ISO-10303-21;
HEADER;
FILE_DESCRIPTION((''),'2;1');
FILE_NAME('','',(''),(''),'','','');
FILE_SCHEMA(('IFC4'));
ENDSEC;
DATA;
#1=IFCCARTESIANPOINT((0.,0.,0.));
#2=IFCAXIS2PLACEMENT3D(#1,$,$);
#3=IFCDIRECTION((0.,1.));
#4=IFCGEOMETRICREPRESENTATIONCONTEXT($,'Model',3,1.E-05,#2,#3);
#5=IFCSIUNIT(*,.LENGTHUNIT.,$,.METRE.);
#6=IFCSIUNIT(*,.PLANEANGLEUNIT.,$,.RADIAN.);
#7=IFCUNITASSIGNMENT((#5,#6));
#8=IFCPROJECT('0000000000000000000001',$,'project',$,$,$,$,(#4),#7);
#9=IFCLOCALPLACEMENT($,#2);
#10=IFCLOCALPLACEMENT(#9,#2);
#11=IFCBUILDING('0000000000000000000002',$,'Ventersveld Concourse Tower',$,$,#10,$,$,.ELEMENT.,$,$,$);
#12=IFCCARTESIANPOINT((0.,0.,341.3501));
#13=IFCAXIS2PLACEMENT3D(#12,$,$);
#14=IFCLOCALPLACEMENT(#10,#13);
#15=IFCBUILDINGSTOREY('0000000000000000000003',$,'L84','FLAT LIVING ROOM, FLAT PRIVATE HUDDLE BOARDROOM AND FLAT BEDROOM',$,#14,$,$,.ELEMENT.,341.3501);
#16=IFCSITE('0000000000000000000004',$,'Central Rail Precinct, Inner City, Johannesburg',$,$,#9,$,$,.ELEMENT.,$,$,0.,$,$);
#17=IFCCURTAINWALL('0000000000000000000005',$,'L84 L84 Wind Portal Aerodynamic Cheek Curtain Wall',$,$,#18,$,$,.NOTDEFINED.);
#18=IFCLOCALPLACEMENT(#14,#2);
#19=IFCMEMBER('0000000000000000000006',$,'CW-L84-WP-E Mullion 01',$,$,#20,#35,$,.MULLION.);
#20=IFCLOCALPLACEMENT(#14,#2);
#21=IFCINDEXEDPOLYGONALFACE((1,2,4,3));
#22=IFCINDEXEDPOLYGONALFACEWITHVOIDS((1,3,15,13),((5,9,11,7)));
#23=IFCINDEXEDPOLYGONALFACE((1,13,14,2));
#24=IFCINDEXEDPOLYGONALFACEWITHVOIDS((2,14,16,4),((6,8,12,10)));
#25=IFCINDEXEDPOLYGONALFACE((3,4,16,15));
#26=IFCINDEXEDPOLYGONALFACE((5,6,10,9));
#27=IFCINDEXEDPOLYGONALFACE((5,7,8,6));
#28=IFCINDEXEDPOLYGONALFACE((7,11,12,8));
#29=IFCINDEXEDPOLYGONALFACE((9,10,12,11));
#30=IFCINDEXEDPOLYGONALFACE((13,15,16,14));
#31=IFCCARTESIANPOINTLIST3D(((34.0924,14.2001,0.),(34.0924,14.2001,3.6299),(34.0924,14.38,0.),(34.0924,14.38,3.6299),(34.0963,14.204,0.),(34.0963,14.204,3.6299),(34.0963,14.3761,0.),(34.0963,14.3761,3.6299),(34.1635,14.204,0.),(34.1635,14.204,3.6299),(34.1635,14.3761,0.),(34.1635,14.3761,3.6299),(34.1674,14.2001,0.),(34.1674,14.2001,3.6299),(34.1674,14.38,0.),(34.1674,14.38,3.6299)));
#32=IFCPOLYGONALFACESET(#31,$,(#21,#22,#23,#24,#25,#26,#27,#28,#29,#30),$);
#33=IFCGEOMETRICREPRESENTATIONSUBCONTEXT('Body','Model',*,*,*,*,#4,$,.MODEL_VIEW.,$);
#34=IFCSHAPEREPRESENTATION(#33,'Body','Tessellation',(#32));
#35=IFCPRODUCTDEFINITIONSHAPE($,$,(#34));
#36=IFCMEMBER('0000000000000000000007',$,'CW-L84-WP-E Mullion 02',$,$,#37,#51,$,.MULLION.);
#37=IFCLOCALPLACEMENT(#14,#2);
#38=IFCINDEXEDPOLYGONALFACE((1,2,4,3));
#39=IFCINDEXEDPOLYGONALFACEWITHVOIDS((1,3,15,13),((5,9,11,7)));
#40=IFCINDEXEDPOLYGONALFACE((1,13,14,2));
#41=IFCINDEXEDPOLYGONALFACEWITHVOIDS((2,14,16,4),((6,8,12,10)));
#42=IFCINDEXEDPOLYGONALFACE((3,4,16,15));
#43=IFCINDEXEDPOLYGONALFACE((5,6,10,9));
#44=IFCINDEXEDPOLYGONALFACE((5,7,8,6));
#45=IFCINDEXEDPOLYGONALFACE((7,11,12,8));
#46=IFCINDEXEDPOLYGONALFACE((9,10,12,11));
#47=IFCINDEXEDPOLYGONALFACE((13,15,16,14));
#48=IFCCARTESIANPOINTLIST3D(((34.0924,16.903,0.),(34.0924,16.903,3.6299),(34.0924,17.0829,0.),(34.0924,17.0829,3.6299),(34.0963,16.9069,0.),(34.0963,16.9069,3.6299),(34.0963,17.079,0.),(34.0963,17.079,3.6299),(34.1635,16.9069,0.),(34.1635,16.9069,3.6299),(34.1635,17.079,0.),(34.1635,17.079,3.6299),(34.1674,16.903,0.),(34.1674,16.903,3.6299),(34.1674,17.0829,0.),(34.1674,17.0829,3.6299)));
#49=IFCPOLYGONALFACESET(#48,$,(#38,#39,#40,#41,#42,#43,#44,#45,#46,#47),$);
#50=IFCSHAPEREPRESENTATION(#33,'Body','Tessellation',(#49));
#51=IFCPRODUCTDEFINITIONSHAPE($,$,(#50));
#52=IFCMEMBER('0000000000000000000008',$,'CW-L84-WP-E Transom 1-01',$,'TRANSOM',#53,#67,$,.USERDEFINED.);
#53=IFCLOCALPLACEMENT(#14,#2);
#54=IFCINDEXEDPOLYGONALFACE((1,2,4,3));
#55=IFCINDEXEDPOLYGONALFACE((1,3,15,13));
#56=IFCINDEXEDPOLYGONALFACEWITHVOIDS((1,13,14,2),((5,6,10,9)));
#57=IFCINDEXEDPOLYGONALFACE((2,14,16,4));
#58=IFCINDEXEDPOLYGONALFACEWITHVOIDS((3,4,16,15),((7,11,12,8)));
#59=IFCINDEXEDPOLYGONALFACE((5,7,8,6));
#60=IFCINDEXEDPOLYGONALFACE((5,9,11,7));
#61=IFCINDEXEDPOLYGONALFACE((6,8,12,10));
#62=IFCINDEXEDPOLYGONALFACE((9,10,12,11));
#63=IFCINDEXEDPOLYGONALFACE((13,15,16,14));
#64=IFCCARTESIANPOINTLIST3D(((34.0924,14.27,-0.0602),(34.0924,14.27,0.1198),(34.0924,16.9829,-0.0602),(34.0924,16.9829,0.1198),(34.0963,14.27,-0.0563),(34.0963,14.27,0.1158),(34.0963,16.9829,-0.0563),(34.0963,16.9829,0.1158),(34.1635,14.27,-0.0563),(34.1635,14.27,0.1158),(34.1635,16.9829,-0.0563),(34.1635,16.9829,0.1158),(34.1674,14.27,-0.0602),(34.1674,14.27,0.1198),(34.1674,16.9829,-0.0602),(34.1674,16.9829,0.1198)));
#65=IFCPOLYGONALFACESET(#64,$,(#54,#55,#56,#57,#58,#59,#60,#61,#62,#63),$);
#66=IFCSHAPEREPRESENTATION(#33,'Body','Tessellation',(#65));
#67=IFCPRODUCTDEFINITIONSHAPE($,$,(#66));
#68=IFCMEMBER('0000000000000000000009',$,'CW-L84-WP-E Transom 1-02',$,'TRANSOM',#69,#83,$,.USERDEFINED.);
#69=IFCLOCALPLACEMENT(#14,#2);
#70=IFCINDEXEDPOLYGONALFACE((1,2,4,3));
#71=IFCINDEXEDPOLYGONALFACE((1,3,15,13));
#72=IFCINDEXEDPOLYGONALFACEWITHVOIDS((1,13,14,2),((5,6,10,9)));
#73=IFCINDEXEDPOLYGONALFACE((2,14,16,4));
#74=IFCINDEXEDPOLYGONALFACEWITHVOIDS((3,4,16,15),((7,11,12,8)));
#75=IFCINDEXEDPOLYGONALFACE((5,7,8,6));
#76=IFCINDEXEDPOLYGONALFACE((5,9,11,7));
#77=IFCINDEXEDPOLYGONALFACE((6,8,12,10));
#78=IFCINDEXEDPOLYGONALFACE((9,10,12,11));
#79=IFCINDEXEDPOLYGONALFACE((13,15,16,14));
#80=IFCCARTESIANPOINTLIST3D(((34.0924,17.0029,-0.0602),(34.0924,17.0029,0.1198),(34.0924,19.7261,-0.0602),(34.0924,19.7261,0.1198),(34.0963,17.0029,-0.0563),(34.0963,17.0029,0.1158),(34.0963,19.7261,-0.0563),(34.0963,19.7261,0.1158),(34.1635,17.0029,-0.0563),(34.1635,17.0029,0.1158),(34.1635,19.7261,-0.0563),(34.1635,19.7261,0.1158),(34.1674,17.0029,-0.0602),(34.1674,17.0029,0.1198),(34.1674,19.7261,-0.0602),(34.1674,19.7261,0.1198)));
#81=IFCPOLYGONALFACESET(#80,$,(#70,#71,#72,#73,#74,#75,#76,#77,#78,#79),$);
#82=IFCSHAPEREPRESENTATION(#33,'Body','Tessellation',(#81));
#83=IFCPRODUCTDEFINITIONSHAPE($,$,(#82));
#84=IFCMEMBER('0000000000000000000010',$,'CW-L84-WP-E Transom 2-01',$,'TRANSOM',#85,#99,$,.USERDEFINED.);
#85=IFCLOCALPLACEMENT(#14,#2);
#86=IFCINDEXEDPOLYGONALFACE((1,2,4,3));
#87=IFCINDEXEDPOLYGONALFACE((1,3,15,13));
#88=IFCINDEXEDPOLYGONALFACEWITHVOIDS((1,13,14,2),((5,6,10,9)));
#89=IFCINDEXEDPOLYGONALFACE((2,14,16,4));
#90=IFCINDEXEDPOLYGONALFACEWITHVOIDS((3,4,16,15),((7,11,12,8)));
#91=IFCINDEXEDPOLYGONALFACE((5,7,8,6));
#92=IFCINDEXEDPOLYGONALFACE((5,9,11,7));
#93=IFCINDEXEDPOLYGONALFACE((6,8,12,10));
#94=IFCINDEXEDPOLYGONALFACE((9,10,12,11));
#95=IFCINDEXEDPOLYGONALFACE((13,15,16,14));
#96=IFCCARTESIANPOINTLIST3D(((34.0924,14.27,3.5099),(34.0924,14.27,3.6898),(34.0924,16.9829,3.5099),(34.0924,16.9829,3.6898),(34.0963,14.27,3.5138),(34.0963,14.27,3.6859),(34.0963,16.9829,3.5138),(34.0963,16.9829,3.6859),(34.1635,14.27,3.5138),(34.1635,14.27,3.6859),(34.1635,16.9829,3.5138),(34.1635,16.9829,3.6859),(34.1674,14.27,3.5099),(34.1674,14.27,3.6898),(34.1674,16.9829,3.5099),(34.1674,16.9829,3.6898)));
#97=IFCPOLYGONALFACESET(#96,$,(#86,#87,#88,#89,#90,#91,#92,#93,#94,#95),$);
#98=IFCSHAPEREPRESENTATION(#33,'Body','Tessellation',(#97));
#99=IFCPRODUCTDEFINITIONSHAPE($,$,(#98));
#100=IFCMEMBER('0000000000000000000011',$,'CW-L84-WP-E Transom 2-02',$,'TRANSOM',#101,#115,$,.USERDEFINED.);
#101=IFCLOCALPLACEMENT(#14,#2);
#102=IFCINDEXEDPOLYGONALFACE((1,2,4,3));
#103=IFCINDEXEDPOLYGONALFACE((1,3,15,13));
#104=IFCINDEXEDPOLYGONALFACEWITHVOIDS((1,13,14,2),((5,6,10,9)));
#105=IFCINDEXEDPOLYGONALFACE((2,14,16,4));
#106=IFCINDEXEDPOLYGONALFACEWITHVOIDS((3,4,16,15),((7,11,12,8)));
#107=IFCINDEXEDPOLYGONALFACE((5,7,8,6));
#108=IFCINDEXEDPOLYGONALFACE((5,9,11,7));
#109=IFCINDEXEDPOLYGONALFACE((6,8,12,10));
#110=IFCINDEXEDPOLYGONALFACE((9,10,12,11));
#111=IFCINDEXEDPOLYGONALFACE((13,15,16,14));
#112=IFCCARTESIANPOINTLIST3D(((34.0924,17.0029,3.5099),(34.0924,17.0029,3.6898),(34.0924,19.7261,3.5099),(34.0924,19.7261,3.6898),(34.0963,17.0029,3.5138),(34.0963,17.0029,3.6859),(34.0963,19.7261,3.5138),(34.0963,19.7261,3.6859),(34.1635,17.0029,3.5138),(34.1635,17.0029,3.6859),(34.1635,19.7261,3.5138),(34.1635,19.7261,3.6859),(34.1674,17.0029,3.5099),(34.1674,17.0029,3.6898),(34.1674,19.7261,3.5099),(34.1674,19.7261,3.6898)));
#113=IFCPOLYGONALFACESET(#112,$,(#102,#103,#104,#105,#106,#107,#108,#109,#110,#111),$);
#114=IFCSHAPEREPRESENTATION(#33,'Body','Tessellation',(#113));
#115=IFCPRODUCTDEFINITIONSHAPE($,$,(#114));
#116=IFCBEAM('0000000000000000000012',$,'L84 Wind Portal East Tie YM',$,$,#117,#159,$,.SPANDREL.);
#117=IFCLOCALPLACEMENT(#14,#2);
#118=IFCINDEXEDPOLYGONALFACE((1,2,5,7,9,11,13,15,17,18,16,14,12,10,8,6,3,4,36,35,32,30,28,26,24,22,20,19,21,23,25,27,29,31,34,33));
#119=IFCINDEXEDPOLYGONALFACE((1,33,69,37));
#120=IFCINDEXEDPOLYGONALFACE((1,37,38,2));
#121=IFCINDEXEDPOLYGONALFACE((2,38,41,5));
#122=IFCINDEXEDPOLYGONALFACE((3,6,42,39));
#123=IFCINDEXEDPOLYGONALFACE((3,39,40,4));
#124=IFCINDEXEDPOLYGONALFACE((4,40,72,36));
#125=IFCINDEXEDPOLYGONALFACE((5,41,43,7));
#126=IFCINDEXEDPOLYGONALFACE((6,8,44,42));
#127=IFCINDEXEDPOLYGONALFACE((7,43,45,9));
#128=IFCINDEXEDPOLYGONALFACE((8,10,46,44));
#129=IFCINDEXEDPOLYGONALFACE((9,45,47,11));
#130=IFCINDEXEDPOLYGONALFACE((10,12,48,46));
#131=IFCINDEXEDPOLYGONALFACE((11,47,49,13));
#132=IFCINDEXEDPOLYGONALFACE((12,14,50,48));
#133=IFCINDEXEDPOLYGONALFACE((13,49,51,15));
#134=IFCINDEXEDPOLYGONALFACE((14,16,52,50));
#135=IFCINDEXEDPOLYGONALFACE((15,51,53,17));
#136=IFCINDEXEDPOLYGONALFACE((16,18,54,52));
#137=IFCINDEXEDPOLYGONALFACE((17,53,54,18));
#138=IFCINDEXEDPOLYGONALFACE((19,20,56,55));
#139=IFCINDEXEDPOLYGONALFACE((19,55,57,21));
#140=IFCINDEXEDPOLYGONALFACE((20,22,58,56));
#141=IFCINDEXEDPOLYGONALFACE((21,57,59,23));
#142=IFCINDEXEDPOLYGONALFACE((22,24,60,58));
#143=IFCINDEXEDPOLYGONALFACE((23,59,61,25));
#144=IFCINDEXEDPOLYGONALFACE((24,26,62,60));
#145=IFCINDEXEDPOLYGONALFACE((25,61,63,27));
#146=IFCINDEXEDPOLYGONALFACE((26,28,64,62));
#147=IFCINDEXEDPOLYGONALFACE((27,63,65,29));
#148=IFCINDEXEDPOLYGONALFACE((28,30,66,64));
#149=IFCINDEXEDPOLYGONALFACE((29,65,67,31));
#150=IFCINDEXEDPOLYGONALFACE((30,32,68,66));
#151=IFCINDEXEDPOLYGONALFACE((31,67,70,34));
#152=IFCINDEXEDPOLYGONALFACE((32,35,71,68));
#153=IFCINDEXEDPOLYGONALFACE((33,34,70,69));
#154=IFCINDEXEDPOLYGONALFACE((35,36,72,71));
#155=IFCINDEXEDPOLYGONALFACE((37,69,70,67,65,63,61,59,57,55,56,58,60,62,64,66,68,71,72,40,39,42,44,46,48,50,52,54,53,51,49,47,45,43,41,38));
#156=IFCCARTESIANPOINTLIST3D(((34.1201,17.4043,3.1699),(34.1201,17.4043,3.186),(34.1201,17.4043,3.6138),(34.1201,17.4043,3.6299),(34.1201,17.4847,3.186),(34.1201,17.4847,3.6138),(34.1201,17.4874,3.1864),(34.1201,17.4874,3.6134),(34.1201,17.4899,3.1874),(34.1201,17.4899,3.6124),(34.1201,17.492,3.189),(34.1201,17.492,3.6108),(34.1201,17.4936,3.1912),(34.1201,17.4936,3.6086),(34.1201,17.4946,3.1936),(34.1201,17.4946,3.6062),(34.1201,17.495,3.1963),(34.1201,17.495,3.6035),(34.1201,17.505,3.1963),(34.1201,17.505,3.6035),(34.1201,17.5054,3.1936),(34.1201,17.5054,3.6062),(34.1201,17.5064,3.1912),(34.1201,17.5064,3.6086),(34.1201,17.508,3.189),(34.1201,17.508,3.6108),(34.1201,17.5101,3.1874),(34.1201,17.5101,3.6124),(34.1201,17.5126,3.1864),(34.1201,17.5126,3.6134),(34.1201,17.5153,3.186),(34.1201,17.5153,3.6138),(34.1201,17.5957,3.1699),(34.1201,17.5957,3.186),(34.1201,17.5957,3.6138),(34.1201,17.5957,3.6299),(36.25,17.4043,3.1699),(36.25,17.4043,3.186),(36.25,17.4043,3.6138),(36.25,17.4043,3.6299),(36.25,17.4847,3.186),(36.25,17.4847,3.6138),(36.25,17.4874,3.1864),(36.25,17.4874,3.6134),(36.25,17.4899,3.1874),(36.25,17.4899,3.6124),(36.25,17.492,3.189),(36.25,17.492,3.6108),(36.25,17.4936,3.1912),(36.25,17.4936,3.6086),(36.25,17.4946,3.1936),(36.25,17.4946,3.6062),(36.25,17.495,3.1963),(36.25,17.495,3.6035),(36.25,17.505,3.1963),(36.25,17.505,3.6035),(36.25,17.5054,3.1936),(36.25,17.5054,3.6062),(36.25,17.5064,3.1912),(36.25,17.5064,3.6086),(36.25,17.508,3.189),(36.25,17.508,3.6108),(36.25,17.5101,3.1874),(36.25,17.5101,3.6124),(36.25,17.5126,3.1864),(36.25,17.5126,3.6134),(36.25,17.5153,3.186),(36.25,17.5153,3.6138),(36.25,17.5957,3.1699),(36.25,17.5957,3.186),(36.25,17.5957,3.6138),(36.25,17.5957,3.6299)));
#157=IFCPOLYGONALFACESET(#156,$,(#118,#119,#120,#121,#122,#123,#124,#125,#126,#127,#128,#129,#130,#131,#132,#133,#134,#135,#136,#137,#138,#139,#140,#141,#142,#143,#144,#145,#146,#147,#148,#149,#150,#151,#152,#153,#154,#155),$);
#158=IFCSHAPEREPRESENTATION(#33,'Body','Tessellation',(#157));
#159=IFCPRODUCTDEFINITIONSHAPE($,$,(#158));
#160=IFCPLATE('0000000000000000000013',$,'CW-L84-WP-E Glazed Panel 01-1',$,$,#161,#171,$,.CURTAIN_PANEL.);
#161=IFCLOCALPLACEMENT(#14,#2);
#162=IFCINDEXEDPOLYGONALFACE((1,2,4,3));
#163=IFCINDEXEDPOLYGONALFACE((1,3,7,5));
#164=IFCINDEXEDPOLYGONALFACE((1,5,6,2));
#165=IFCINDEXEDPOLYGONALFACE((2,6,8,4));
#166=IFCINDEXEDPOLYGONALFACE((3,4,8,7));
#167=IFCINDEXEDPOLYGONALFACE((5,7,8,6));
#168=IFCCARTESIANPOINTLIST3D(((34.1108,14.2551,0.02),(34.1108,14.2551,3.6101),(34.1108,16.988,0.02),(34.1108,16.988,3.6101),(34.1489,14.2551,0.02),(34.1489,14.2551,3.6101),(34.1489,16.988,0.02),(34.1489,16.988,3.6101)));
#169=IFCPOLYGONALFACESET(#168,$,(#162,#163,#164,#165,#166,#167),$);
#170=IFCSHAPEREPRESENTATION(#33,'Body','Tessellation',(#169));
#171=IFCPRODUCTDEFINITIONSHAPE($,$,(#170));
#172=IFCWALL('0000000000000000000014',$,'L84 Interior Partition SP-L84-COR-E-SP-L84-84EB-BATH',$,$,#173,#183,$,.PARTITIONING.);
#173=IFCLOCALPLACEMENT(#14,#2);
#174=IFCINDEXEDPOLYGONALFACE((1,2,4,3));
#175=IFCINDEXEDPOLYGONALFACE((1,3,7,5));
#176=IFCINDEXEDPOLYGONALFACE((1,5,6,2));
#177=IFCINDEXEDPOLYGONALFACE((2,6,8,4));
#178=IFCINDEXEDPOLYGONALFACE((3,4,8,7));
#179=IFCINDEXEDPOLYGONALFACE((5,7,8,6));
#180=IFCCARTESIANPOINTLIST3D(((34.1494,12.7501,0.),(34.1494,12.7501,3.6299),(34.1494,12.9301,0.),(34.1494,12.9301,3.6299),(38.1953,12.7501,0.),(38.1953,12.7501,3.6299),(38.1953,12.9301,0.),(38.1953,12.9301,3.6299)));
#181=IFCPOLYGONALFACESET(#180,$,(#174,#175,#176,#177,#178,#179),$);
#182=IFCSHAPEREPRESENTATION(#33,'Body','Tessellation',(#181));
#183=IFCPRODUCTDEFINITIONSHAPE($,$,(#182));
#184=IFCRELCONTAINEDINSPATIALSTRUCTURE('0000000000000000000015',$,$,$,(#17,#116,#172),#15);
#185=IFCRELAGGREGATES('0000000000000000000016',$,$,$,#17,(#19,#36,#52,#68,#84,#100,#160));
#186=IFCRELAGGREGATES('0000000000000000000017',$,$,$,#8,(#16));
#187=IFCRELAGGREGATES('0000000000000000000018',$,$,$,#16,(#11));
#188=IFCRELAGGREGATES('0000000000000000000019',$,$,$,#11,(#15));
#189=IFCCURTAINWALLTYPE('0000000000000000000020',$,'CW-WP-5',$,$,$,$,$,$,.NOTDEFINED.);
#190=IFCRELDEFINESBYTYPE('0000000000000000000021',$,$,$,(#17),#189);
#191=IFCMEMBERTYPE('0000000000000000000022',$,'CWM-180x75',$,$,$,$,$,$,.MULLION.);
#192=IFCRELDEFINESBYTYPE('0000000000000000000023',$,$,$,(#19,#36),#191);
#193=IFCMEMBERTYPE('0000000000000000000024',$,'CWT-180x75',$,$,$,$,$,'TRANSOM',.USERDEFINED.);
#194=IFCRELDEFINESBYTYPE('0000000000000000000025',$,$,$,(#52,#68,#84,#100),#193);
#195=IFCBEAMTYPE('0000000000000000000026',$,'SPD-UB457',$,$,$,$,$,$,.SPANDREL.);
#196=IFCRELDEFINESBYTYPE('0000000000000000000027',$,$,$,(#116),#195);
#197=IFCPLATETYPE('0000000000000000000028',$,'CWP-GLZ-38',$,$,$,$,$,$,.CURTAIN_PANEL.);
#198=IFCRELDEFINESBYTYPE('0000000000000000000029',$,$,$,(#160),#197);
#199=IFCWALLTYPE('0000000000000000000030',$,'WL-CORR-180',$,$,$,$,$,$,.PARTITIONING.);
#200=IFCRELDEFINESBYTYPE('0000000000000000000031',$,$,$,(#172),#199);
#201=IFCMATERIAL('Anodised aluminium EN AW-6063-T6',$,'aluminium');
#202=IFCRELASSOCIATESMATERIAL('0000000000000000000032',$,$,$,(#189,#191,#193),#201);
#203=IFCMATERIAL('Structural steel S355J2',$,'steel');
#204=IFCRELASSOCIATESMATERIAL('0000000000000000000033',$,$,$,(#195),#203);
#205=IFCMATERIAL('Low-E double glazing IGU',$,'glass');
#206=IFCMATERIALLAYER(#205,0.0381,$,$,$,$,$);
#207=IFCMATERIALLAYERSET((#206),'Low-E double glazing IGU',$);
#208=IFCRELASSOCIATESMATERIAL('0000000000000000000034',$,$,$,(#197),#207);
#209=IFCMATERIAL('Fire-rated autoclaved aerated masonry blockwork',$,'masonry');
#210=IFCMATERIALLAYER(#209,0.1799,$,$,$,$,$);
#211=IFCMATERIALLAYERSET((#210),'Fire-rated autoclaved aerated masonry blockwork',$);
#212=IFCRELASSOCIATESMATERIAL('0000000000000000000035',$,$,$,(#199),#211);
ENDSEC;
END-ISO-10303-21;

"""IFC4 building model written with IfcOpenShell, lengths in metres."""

from ifc_helpers import new_model, si_unit, direction, frame, frame_2d, origin, origin_2d, place, context, subcontext, project, spatial, rectangle, hollow_rectangle, i_section, extrude, material, layer, layer_set, material_profile, profile_set, type_object, element, aggregate, save


model = new_model("IFC4")

# Units and contexts
model_context = context("Model", 3, precision=1e-05, world=origin(), true_north=direction((0.0, 1.0)))
body_context = subcontext(model_context, "Body", "Model", "MODEL_VIEW")
ifc_project = project(units=[si_unit("LENGTHUNIT", "METRE"), si_unit("PLANEANGLEUNIT", "RADIAN")], contexts=[model_context])

# Site, building, storey
site_placement = place(None, origin())
site = spatial("IfcSite", under=ifc_project, at=site_placement, Name="Central Rail Precinct, Inner City, Johannesburg", CompositionType="ELEMENT", RefElevation=0.0)
building_placement = place(site_placement, origin())
building = spatial("IfcBuilding", under=site, at=building_placement, Name="Ventersveld Concourse Tower", CompositionType="ELEMENT")
storey_placement = place(building_placement, frame((0.0, 0.0, 341.3501)))
storey = spatial("IfcBuildingStorey", under=building, at=storey_placement, Name="L84", Description="FLAT LIVING ROOM, FLAT PRIVATE HUDDLE BOARDROOM AND FLAT BEDROOM", CompositionType="ELEMENT", Elevation=341.3501)

# Curtain wall, members
ifc_material_1 = material(Name="Anodised aluminium EN AW-6063-T6", Category="aluminium")
curtain_wall_type = type_object("IfcCurtainWallType", Name="CW-WP-5", PredefinedType="NOTDEFINED", material=ifc_material_1)
curtain_wall_placement = place(storey_placement, origin())
curtain_wall = element("IfcCurtainWall", 1, at=curtain_wall_placement, inside=storey, type_object=curtain_wall_type, Name="L84 L84 Wind Portal Aerodynamic Cheek Curtain Wall", PredefinedType="NOTDEFINED")
ifc_material_profile_1 = material_profile(ifc_material_1, hollow_rectangle(XDim=0.075, YDim=0.1799, WallThickness=0.0039, at=origin_2d()), Name="ALU 180x75x4")
ifc_profile_set_1 = profile_set([ifc_material_profile_1], Name="Anodised aluminium EN AW-6063-T6")
member_type_1 = type_object("IfcMemberType", Name="CWM-180x75", PredefinedType="MULLION", material=ifc_profile_set_1)
member_1_placement = place(storey_placement, frame((34.1299, 14.29, 0.0), z_axis=(0.0, 0.0, 1.0), x_axis=(1.0, 0.0, 0.0)))
member_1 = element("IfcMember", 2, at=member_1_placement, type_object=member_type_1, Name="CW-L84-WP-E Mullion 01", PredefinedType="MULLION", context=body_context, shape_type="SweptSolid", body=[
    extrude(hollow_rectangle(XDim=0.075, YDim=0.1799, WallThickness=0.0039, at=origin_2d()), origin(), (0.0, 0.0, 1.0), 3.6299),
])
member_2_placement = place(storey_placement, frame((34.1299, 16.9929, 0.0), z_axis=(0.0, 0.0, 1.0), x_axis=(1.0, 0.0, 0.0)))
member_2 = element("IfcMember", 3, at=member_2_placement, type_object=member_type_1, Name="CW-L84-WP-E Mullion 02", PredefinedType="MULLION", context=body_context, shape_type="SweptSolid", body=[
    extrude(hollow_rectangle(XDim=0.075, YDim=0.1799, WallThickness=0.0039, at=origin_2d()), origin(), (0.0, 0.0, 1.0), 3.6299),
])
ifc_material_profile_2 = material_profile(ifc_material_1, hollow_rectangle(XDim=0.075, YDim=0.1799, WallThickness=0.0039, at=origin_2d()), Name="ALU 180x75x4")
ifc_profile_set_2 = profile_set([ifc_material_profile_2], Name="Anodised aluminium EN AW-6063-T6")
member_type_2 = type_object("IfcMemberType", Name="CWT-180x75", ElementType="TRANSOM", PredefinedType="USERDEFINED", material=ifc_profile_set_2)
member_3_placement = place(storey_placement, frame((34.1299, 14.27, 0.0298), z_axis=(0.0, 1.0, 0.0), x_axis=(-1.0, 0.0, 0.0)))
member_3 = element("IfcMember", 4, at=member_3_placement, type_object=member_type_2, Name="CW-L84-WP-E Transom 1-01", ObjectType="TRANSOM", PredefinedType="USERDEFINED", context=body_context, shape_type="SweptSolid", body=[
    extrude(hollow_rectangle(XDim=0.075, YDim=0.1799, WallThickness=0.0039, at=origin_2d()), origin(), (0.0, 0.0, 1.0), 2.7129),
])
member_4_placement = place(storey_placement, frame((34.1299, 17.0029, 0.0298), z_axis=(0.0, 1.0, 0.0), x_axis=(-1.0, 0.0, 0.0)))
member_4 = element("IfcMember", 5, at=member_4_placement, type_object=member_type_2, Name="CW-L84-WP-E Transom 1-02", ObjectType="TRANSOM", PredefinedType="USERDEFINED", context=body_context, shape_type="SweptSolid", body=[
    extrude(hollow_rectangle(XDim=0.075, YDim=0.1799, WallThickness=0.0039, at=origin_2d()), origin(), (0.0, 0.0, 1.0), 2.7231),
])
member_5_placement = place(storey_placement, frame((34.1299, 14.27, 3.5999), z_axis=(0.0, 1.0, 0.0), x_axis=(-1.0, 0.0, 0.0)))
member_5 = element("IfcMember", 6, at=member_5_placement, type_object=member_type_2, Name="CW-L84-WP-E Transom 2-01", ObjectType="TRANSOM", PredefinedType="USERDEFINED", context=body_context, shape_type="SweptSolid", body=[
    extrude(hollow_rectangle(XDim=0.075, YDim=0.1799, WallThickness=0.0039, at=origin_2d()), origin(), (0.0, 0.0, 1.0), 2.7129),
])
member_6_placement = place(storey_placement, frame((34.1299, 17.0029, 3.5999), z_axis=(0.0, 1.0, 0.0), x_axis=(-1.0, 0.0, 0.0)))
member_6 = element("IfcMember", 7, at=member_6_placement, type_object=member_type_2, Name="CW-L84-WP-E Transom 2-02", ObjectType="TRANSOM", PredefinedType="USERDEFINED", context=body_context, shape_type="SweptSolid", body=[
    extrude(hollow_rectangle(XDim=0.075, YDim=0.1799, WallThickness=0.0039, at=origin_2d()), origin(), (0.0, 0.0, 1.0), 2.7231),
])

# Beam
ifc_material_2 = material(Name="Structural steel S355J2", Category="steel")
ifc_material_profile_3 = material_profile(ifc_material_2, i_section(OverallWidth=0.1914, OverallDepth=0.46, WebThickness=0.01, FlangeThickness=0.0161, FilletRadius=0.0103, at=origin_2d()), Name="UB 457x191x82")
ifc_profile_set_3 = profile_set([ifc_material_profile_3], Name="Structural steel S355J2")
beam_type = type_object("IfcBeamType", Name="SPD-UB457", PredefinedType="SPANDREL", material=ifc_profile_set_3)
beam_placement = place(storey_placement, frame((34.1201, 17.5, 3.3999), z_axis=(1.0, 0.0, 0.0), x_axis=(0.0, 1.0, 0.0)))
element("IfcBeam", 8, at=beam_placement, inside=storey, type_object=beam_type, Name="L84 Wind Portal East Tie YM", PredefinedType="SPANDREL", context=body_context, shape_type="SweptSolid", body=[
    extrude(i_section(OverallWidth=0.1914, OverallDepth=0.46, WebThickness=0.01, FlangeThickness=0.0161, FilletRadius=0.0103, at=origin_2d()), origin(), (0.0, 0.0, 1.0), 2.1299),
])

# Plate
ifc_material_3 = material(Name="Low-E double glazing IGU", Category="glass")
ifc_layer_1 = layer(ifc_material_3, 0.0381)
ifc_layer_set_1 = layer_set([ifc_layer_1], Name="Low-E double glazing IGU")
plate_type = type_object("IfcPlateType", Name="CWP-GLZ-38", PredefinedType="CURTAIN_PANEL", material=ifc_layer_set_1)
plate_placement = place(storey_placement, frame((34.1299, 15.6216, 0.02), z_axis=(0.0, 0.0, 1.0), x_axis=(0.0, 1.0, 0.0)))
plate = element("IfcPlate", 9, at=plate_placement, type_object=plate_type, Name="CW-L84-WP-E Glazed Panel 01-1", PredefinedType="CURTAIN_PANEL", context=body_context, shape_type="SweptSolid", body=[
    extrude(rectangle(XDim=2.7329, YDim=0.0381, at=origin_2d()), origin(), (0.0, 0.0, 1.0), 3.5901),
])
aggregate(curtain_wall, [member_1, member_2, member_3, member_4, member_5, member_6, plate])

# Shared definitions
ifc_material_4 = material(Name="Fire-rated autoclaved aerated masonry blockwork", Category="masonry")
ifc_layer_2 = layer(ifc_material_4, 0.1799)
ifc_layer_set_2 = layer_set([ifc_layer_2], Name="Fire-rated autoclaved aerated masonry blockwork")
wall_type_1 = type_object("IfcWallType", Name="WL-CORR-180", PredefinedType="PARTITIONING", material=ifc_layer_set_2)

# Wall
wall_1_placement = place(storey_placement, frame((34.1494, 12.8401, 0.0), z_axis=(0.0, 0.0, 1.0), x_axis=(1.0, 0.0, 0.0)))
element("IfcWall", 10, at=wall_1_placement, inside=storey, type_object=wall_type_1, Name="L84 Interior Partition SP-L84-COR-E-SP-L84-84EB-BATH", PredefinedType="PARTITIONING", context=body_context, shape_type="SweptSolid", body=[
    extrude(rectangle(XDim=4.0459, YDim=0.1799, at=frame_2d((2.0229, 0.0))), origin(), (0.0, 0.0, 1.0), 3.6299),
])

save(model, "model.ifc")
